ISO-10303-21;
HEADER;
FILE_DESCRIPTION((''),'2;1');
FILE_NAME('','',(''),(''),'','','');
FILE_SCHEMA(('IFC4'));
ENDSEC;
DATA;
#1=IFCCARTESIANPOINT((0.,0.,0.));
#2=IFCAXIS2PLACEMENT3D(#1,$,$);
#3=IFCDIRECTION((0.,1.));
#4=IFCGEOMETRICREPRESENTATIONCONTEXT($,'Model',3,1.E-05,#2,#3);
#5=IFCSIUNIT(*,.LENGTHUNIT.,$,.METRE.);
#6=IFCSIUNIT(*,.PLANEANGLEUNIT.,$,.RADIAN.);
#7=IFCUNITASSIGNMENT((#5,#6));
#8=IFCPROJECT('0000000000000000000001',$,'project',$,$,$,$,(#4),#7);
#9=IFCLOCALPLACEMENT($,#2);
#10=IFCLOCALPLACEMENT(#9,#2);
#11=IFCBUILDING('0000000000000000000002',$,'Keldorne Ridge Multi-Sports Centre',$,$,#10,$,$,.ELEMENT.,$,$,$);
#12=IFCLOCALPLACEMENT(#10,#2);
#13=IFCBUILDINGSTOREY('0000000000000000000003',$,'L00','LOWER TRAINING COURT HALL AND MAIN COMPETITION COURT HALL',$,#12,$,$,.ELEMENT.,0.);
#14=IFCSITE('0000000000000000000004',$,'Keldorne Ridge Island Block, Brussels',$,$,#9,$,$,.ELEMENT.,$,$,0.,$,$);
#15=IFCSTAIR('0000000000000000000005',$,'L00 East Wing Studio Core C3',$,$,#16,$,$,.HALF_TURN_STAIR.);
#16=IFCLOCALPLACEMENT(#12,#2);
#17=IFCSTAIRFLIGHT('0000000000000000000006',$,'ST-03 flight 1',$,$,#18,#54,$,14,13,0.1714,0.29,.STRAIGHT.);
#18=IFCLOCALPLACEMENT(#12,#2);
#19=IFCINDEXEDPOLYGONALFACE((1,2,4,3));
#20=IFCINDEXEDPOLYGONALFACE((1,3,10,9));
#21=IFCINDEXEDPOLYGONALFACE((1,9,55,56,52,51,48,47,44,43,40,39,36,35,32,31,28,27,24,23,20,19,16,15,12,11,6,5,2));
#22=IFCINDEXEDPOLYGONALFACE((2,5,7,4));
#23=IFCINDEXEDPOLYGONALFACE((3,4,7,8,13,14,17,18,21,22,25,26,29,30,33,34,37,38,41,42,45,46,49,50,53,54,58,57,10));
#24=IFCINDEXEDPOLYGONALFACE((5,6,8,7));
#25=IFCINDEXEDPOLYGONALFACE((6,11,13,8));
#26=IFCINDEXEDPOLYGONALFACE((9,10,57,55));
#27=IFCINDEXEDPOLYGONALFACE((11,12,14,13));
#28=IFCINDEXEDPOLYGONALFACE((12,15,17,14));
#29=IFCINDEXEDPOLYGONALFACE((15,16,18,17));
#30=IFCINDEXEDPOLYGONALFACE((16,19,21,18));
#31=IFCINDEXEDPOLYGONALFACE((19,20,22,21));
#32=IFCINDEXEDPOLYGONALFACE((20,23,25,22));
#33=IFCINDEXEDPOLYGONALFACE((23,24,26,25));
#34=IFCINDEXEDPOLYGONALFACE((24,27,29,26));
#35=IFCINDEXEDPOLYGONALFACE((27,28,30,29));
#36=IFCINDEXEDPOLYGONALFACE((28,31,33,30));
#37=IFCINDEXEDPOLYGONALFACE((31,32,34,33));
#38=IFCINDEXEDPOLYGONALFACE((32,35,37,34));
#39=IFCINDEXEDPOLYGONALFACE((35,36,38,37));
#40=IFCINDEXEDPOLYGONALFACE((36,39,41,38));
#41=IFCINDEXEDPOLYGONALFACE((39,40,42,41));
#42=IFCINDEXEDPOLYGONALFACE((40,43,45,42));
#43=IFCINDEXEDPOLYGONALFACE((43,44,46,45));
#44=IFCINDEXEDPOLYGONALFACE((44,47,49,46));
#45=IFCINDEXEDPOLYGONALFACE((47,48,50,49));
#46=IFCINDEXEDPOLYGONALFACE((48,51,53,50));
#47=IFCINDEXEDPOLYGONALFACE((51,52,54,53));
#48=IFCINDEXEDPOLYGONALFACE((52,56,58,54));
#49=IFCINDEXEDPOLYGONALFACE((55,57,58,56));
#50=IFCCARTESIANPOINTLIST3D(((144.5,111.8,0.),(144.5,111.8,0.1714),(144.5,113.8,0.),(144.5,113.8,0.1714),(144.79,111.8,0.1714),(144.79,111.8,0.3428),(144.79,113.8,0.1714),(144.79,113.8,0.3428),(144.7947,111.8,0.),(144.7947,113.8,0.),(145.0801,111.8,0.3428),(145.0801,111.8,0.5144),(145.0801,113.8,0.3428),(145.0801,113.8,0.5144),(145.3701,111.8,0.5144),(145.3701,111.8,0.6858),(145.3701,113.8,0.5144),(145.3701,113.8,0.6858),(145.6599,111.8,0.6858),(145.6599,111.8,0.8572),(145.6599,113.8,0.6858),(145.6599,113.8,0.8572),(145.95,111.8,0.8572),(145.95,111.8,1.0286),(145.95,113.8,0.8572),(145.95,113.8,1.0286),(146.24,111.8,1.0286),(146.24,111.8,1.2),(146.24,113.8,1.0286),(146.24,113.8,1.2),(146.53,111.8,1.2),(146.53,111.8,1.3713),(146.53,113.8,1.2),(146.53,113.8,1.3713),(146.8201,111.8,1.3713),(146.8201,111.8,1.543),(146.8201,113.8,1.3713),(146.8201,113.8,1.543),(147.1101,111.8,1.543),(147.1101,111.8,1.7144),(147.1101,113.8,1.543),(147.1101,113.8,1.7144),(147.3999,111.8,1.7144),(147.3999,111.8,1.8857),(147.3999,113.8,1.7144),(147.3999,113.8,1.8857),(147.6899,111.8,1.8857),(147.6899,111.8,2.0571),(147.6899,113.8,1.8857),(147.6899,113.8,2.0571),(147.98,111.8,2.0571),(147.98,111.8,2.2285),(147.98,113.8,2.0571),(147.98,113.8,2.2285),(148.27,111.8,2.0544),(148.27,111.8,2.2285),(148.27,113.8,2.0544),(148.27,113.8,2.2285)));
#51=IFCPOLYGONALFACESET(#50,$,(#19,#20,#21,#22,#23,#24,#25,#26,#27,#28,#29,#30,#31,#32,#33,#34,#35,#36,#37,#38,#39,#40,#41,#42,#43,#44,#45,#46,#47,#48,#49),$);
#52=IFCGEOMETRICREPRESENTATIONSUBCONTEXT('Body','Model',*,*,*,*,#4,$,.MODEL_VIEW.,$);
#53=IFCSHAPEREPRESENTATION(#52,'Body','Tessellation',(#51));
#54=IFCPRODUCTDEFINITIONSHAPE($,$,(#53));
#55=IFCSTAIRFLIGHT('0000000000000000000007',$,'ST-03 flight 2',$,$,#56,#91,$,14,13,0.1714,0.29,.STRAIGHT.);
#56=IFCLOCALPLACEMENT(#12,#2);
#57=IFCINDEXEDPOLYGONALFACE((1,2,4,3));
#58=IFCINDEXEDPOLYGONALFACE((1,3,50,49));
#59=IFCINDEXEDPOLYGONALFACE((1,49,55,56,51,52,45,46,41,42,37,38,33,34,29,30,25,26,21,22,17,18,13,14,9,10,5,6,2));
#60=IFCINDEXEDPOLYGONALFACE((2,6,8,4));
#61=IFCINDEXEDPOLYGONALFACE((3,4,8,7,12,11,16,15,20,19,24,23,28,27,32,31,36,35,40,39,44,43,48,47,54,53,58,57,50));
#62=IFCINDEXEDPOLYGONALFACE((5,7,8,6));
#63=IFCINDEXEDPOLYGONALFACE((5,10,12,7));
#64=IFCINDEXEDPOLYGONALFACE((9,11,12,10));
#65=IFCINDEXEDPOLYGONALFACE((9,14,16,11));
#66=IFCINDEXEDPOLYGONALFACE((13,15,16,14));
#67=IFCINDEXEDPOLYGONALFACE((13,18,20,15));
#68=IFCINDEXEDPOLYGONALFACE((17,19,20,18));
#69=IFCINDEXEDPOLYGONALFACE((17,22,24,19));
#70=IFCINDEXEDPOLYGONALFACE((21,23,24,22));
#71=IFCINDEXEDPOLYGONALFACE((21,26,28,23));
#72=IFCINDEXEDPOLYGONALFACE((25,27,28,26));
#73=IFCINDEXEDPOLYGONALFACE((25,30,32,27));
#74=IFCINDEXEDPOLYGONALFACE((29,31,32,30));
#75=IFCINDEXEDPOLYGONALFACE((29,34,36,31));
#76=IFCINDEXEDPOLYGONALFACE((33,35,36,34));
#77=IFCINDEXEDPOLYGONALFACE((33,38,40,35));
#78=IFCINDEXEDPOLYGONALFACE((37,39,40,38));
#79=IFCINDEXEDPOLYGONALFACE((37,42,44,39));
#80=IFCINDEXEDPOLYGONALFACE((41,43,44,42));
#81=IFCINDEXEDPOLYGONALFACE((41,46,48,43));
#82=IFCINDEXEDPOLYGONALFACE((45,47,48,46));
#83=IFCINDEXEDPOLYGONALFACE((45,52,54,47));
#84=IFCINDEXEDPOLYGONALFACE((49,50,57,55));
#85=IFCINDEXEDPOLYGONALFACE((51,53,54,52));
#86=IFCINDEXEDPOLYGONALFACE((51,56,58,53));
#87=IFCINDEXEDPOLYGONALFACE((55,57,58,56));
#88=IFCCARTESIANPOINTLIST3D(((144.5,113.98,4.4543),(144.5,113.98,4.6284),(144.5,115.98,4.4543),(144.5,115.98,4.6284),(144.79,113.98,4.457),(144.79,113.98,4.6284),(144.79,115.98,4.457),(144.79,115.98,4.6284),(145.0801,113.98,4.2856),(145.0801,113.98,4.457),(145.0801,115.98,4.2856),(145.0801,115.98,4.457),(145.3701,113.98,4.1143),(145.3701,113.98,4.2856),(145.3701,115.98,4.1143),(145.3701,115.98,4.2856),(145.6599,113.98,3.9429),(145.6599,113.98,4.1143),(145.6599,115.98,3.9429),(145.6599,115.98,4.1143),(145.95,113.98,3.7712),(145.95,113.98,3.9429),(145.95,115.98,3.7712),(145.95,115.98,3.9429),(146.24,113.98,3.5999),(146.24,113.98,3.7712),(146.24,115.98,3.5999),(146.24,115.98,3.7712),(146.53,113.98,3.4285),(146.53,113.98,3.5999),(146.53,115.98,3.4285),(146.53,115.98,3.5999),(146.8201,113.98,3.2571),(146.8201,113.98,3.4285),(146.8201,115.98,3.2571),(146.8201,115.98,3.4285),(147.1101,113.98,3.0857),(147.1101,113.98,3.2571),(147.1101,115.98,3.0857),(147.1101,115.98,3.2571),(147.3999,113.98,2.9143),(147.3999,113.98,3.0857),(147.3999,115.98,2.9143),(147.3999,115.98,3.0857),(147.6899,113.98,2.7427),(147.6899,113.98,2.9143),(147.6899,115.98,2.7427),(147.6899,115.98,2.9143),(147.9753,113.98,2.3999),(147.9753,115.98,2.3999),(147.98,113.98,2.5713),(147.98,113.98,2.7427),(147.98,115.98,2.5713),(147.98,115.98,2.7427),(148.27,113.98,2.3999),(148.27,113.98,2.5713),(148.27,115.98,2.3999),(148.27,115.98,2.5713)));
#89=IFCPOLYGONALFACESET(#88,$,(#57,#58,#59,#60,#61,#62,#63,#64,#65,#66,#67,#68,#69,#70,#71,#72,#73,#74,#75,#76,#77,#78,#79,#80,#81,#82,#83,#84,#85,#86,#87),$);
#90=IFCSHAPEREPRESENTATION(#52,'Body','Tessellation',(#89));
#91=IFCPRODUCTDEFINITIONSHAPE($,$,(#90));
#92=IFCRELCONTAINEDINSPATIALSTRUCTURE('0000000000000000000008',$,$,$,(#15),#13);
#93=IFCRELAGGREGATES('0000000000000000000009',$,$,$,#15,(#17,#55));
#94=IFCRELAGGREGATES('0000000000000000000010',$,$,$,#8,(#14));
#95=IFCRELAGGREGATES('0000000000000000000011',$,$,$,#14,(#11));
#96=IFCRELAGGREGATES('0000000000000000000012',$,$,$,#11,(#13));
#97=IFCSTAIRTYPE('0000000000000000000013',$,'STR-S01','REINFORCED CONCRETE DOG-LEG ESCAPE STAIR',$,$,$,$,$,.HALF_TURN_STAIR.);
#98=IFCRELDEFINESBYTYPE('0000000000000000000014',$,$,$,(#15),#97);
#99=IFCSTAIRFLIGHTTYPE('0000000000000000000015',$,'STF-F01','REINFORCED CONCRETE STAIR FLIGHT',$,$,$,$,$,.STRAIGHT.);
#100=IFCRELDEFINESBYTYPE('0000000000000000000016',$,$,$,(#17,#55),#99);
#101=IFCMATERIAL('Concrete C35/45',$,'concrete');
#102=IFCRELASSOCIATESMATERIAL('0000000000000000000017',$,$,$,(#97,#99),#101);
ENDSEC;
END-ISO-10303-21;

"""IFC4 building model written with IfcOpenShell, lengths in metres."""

from ifc_helpers import new_model, si_unit, direction, frame, origin, place, context, subcontext, project, spatial, polyline, outline, extrude, material, type_object, element, aggregate, save


model = new_model("IFC4")

# Units and contexts
model_context = context("Model", 3, precision=1e-05, world=origin(), true_north=direction((0.0, 1.0)))
body_context = subcontext(model_context, "Body", "Model", "MODEL_VIEW")
ifc_project = project(units=[si_unit("LENGTHUNIT", "METRE"), si_unit("PLANEANGLEUNIT", "RADIAN")], contexts=[model_context])

# Site, building, storey
site_placement = place(None, origin())
site = spatial("IfcSite", under=ifc_project, at=site_placement, Name="Keldorne Ridge Island Block, Brussels", CompositionType="ELEMENT", RefElevation=0.0)
building_placement = place(site_placement, origin())
building = spatial("IfcBuilding", under=site, at=building_placement, Name="Keldorne Ridge Multi-Sports Centre", CompositionType="ELEMENT")
storey_placement = place(building_placement, origin())
storey = spatial("IfcBuildingStorey", under=building, at=storey_placement, Name="L00", Description="LOWER TRAINING COURT HALL AND MAIN COMPETITION COURT HALL", CompositionType="ELEMENT", Elevation=0.0)

# Stair, stair flights
ifc_material_1 = material(Name="Concrete C35/45", Category="concrete")
stair_type = type_object("IfcStairType", Name="STR-S01", Description="REINFORCED CONCRETE DOG-LEG ESCAPE STAIR", PredefinedType="HALF_TURN_STAIR", material=ifc_material_1)
stair_placement = place(storey_placement, origin())
stair = element("IfcStair", 1, at=stair_placement, inside=storey, type_object=stair_type, Name="L00 East Wing Studio Core C3", PredefinedType="HALF_TURN_STAIR")
stair_flight_type = type_object("IfcStairFlightType", Name="STF-F01", Description="REINFORCED CONCRETE STAIR FLIGHT", PredefinedType="STRAIGHT", material=ifc_material_1)
stair_flight_1_placement = place(storey_placement, frame((144.5, 112.8, 0.0), z_axis=(0.0, 0.0, 1.0), x_axis=(1.0, 0.0, 0.0)))
stair_flight_1 = element("IfcStairFlight", 2, at=stair_flight_1_placement, type_object=stair_flight_type, Name="ST-03 flight 1", NumberOfRisers=14, NumberOfTreads=13, PredefinedType="STRAIGHT", RiserHeight=0.1714, TreadLength=0.29, context=body_context, shape_type="SweptSolid", body=[
    extrude(outline(polyline([(0.0, 0.0), (0.0, 0.1714), (0.29, 0.1714), (0.29, 0.3428), (0.5801, 0.3428), (0.5801, 0.5144), (0.8701, 0.5144), (0.8701, 0.6858), (1.1599, 0.6858), (1.1599, 0.8572), (1.45, 0.8572), (1.45, 1.0286), (1.74, 1.0286), (1.74, 1.2), (2.03, 1.2), (2.03, 1.3713), (2.3201, 1.3713), (2.3201, 1.543), (2.6101, 1.543), (2.6101, 1.7144), (2.8999, 1.7144), (2.8999, 1.8857), (3.1899, 1.8857), (3.1899, 2.0571), (3.48, 2.0571), (3.48, 2.2285), (3.77, 2.2285), (3.77, 2.3999), (3.77, 2.0544), (0.2947, 0.0), (0.0, 0.0)])), frame((0.0, 1.0, 0.0), z_axis=(0.0, -1.0, 0.0), x_axis=(1.0, 0.0, 0.0)), (0.0, 0.0, 1.0), 2.0),
])
stair_flight_2_placement = place(storey_placement, frame((148.27, 114.98, 2.3999), z_axis=(0.0, 0.0, 1.0), x_axis=(-1.0, 0.0, 0.0)))
stair_flight_2 = element("IfcStairFlight", 3, at=stair_flight_2_placement, type_object=stair_flight_type, Name="ST-03 flight 2", NumberOfRisers=14, NumberOfTreads=13, PredefinedType="STRAIGHT", RiserHeight=0.1714, TreadLength=0.29, context=body_context, shape_type="SweptSolid", body=[
    extrude(outline(polyline([(0.0, 0.0), (0.0, 0.1714), (0.29, 0.1714), (0.29, 0.3428), (0.5801, 0.3428), (0.5801, 0.5144), (0.8701, 0.5144), (0.8701, 0.6858), (1.1599, 0.6858), (1.1599, 0.8572), (1.45, 0.8572), (1.45, 1.0286), (1.74, 1.0286), (1.74, 1.2), (2.03, 1.2), (2.03, 1.3713), (2.3201, 1.3713), (2.3201, 1.543), (2.6101, 1.543), (2.6101, 1.7144), (2.8999, 1.7144), (2.8999, 1.8857), (3.1899, 1.8857), (3.1899, 2.0571), (3.48, 2.0571), (3.48, 2.2285), (3.77, 2.2285), (3.77, 2.3999), (3.77, 2.0544), (0.2947, 0.0), (0.0, 0.0)])), frame((0.0, 1.0, 0.0), z_axis=(0.0, -1.0, 0.0), x_axis=(1.0, 0.0, 0.0)), (0.0, 0.0, 1.0), 2.0),
])
aggregate(stair, [stair_flight_1, stair_flight_2])

save(model, "model.ifc")
